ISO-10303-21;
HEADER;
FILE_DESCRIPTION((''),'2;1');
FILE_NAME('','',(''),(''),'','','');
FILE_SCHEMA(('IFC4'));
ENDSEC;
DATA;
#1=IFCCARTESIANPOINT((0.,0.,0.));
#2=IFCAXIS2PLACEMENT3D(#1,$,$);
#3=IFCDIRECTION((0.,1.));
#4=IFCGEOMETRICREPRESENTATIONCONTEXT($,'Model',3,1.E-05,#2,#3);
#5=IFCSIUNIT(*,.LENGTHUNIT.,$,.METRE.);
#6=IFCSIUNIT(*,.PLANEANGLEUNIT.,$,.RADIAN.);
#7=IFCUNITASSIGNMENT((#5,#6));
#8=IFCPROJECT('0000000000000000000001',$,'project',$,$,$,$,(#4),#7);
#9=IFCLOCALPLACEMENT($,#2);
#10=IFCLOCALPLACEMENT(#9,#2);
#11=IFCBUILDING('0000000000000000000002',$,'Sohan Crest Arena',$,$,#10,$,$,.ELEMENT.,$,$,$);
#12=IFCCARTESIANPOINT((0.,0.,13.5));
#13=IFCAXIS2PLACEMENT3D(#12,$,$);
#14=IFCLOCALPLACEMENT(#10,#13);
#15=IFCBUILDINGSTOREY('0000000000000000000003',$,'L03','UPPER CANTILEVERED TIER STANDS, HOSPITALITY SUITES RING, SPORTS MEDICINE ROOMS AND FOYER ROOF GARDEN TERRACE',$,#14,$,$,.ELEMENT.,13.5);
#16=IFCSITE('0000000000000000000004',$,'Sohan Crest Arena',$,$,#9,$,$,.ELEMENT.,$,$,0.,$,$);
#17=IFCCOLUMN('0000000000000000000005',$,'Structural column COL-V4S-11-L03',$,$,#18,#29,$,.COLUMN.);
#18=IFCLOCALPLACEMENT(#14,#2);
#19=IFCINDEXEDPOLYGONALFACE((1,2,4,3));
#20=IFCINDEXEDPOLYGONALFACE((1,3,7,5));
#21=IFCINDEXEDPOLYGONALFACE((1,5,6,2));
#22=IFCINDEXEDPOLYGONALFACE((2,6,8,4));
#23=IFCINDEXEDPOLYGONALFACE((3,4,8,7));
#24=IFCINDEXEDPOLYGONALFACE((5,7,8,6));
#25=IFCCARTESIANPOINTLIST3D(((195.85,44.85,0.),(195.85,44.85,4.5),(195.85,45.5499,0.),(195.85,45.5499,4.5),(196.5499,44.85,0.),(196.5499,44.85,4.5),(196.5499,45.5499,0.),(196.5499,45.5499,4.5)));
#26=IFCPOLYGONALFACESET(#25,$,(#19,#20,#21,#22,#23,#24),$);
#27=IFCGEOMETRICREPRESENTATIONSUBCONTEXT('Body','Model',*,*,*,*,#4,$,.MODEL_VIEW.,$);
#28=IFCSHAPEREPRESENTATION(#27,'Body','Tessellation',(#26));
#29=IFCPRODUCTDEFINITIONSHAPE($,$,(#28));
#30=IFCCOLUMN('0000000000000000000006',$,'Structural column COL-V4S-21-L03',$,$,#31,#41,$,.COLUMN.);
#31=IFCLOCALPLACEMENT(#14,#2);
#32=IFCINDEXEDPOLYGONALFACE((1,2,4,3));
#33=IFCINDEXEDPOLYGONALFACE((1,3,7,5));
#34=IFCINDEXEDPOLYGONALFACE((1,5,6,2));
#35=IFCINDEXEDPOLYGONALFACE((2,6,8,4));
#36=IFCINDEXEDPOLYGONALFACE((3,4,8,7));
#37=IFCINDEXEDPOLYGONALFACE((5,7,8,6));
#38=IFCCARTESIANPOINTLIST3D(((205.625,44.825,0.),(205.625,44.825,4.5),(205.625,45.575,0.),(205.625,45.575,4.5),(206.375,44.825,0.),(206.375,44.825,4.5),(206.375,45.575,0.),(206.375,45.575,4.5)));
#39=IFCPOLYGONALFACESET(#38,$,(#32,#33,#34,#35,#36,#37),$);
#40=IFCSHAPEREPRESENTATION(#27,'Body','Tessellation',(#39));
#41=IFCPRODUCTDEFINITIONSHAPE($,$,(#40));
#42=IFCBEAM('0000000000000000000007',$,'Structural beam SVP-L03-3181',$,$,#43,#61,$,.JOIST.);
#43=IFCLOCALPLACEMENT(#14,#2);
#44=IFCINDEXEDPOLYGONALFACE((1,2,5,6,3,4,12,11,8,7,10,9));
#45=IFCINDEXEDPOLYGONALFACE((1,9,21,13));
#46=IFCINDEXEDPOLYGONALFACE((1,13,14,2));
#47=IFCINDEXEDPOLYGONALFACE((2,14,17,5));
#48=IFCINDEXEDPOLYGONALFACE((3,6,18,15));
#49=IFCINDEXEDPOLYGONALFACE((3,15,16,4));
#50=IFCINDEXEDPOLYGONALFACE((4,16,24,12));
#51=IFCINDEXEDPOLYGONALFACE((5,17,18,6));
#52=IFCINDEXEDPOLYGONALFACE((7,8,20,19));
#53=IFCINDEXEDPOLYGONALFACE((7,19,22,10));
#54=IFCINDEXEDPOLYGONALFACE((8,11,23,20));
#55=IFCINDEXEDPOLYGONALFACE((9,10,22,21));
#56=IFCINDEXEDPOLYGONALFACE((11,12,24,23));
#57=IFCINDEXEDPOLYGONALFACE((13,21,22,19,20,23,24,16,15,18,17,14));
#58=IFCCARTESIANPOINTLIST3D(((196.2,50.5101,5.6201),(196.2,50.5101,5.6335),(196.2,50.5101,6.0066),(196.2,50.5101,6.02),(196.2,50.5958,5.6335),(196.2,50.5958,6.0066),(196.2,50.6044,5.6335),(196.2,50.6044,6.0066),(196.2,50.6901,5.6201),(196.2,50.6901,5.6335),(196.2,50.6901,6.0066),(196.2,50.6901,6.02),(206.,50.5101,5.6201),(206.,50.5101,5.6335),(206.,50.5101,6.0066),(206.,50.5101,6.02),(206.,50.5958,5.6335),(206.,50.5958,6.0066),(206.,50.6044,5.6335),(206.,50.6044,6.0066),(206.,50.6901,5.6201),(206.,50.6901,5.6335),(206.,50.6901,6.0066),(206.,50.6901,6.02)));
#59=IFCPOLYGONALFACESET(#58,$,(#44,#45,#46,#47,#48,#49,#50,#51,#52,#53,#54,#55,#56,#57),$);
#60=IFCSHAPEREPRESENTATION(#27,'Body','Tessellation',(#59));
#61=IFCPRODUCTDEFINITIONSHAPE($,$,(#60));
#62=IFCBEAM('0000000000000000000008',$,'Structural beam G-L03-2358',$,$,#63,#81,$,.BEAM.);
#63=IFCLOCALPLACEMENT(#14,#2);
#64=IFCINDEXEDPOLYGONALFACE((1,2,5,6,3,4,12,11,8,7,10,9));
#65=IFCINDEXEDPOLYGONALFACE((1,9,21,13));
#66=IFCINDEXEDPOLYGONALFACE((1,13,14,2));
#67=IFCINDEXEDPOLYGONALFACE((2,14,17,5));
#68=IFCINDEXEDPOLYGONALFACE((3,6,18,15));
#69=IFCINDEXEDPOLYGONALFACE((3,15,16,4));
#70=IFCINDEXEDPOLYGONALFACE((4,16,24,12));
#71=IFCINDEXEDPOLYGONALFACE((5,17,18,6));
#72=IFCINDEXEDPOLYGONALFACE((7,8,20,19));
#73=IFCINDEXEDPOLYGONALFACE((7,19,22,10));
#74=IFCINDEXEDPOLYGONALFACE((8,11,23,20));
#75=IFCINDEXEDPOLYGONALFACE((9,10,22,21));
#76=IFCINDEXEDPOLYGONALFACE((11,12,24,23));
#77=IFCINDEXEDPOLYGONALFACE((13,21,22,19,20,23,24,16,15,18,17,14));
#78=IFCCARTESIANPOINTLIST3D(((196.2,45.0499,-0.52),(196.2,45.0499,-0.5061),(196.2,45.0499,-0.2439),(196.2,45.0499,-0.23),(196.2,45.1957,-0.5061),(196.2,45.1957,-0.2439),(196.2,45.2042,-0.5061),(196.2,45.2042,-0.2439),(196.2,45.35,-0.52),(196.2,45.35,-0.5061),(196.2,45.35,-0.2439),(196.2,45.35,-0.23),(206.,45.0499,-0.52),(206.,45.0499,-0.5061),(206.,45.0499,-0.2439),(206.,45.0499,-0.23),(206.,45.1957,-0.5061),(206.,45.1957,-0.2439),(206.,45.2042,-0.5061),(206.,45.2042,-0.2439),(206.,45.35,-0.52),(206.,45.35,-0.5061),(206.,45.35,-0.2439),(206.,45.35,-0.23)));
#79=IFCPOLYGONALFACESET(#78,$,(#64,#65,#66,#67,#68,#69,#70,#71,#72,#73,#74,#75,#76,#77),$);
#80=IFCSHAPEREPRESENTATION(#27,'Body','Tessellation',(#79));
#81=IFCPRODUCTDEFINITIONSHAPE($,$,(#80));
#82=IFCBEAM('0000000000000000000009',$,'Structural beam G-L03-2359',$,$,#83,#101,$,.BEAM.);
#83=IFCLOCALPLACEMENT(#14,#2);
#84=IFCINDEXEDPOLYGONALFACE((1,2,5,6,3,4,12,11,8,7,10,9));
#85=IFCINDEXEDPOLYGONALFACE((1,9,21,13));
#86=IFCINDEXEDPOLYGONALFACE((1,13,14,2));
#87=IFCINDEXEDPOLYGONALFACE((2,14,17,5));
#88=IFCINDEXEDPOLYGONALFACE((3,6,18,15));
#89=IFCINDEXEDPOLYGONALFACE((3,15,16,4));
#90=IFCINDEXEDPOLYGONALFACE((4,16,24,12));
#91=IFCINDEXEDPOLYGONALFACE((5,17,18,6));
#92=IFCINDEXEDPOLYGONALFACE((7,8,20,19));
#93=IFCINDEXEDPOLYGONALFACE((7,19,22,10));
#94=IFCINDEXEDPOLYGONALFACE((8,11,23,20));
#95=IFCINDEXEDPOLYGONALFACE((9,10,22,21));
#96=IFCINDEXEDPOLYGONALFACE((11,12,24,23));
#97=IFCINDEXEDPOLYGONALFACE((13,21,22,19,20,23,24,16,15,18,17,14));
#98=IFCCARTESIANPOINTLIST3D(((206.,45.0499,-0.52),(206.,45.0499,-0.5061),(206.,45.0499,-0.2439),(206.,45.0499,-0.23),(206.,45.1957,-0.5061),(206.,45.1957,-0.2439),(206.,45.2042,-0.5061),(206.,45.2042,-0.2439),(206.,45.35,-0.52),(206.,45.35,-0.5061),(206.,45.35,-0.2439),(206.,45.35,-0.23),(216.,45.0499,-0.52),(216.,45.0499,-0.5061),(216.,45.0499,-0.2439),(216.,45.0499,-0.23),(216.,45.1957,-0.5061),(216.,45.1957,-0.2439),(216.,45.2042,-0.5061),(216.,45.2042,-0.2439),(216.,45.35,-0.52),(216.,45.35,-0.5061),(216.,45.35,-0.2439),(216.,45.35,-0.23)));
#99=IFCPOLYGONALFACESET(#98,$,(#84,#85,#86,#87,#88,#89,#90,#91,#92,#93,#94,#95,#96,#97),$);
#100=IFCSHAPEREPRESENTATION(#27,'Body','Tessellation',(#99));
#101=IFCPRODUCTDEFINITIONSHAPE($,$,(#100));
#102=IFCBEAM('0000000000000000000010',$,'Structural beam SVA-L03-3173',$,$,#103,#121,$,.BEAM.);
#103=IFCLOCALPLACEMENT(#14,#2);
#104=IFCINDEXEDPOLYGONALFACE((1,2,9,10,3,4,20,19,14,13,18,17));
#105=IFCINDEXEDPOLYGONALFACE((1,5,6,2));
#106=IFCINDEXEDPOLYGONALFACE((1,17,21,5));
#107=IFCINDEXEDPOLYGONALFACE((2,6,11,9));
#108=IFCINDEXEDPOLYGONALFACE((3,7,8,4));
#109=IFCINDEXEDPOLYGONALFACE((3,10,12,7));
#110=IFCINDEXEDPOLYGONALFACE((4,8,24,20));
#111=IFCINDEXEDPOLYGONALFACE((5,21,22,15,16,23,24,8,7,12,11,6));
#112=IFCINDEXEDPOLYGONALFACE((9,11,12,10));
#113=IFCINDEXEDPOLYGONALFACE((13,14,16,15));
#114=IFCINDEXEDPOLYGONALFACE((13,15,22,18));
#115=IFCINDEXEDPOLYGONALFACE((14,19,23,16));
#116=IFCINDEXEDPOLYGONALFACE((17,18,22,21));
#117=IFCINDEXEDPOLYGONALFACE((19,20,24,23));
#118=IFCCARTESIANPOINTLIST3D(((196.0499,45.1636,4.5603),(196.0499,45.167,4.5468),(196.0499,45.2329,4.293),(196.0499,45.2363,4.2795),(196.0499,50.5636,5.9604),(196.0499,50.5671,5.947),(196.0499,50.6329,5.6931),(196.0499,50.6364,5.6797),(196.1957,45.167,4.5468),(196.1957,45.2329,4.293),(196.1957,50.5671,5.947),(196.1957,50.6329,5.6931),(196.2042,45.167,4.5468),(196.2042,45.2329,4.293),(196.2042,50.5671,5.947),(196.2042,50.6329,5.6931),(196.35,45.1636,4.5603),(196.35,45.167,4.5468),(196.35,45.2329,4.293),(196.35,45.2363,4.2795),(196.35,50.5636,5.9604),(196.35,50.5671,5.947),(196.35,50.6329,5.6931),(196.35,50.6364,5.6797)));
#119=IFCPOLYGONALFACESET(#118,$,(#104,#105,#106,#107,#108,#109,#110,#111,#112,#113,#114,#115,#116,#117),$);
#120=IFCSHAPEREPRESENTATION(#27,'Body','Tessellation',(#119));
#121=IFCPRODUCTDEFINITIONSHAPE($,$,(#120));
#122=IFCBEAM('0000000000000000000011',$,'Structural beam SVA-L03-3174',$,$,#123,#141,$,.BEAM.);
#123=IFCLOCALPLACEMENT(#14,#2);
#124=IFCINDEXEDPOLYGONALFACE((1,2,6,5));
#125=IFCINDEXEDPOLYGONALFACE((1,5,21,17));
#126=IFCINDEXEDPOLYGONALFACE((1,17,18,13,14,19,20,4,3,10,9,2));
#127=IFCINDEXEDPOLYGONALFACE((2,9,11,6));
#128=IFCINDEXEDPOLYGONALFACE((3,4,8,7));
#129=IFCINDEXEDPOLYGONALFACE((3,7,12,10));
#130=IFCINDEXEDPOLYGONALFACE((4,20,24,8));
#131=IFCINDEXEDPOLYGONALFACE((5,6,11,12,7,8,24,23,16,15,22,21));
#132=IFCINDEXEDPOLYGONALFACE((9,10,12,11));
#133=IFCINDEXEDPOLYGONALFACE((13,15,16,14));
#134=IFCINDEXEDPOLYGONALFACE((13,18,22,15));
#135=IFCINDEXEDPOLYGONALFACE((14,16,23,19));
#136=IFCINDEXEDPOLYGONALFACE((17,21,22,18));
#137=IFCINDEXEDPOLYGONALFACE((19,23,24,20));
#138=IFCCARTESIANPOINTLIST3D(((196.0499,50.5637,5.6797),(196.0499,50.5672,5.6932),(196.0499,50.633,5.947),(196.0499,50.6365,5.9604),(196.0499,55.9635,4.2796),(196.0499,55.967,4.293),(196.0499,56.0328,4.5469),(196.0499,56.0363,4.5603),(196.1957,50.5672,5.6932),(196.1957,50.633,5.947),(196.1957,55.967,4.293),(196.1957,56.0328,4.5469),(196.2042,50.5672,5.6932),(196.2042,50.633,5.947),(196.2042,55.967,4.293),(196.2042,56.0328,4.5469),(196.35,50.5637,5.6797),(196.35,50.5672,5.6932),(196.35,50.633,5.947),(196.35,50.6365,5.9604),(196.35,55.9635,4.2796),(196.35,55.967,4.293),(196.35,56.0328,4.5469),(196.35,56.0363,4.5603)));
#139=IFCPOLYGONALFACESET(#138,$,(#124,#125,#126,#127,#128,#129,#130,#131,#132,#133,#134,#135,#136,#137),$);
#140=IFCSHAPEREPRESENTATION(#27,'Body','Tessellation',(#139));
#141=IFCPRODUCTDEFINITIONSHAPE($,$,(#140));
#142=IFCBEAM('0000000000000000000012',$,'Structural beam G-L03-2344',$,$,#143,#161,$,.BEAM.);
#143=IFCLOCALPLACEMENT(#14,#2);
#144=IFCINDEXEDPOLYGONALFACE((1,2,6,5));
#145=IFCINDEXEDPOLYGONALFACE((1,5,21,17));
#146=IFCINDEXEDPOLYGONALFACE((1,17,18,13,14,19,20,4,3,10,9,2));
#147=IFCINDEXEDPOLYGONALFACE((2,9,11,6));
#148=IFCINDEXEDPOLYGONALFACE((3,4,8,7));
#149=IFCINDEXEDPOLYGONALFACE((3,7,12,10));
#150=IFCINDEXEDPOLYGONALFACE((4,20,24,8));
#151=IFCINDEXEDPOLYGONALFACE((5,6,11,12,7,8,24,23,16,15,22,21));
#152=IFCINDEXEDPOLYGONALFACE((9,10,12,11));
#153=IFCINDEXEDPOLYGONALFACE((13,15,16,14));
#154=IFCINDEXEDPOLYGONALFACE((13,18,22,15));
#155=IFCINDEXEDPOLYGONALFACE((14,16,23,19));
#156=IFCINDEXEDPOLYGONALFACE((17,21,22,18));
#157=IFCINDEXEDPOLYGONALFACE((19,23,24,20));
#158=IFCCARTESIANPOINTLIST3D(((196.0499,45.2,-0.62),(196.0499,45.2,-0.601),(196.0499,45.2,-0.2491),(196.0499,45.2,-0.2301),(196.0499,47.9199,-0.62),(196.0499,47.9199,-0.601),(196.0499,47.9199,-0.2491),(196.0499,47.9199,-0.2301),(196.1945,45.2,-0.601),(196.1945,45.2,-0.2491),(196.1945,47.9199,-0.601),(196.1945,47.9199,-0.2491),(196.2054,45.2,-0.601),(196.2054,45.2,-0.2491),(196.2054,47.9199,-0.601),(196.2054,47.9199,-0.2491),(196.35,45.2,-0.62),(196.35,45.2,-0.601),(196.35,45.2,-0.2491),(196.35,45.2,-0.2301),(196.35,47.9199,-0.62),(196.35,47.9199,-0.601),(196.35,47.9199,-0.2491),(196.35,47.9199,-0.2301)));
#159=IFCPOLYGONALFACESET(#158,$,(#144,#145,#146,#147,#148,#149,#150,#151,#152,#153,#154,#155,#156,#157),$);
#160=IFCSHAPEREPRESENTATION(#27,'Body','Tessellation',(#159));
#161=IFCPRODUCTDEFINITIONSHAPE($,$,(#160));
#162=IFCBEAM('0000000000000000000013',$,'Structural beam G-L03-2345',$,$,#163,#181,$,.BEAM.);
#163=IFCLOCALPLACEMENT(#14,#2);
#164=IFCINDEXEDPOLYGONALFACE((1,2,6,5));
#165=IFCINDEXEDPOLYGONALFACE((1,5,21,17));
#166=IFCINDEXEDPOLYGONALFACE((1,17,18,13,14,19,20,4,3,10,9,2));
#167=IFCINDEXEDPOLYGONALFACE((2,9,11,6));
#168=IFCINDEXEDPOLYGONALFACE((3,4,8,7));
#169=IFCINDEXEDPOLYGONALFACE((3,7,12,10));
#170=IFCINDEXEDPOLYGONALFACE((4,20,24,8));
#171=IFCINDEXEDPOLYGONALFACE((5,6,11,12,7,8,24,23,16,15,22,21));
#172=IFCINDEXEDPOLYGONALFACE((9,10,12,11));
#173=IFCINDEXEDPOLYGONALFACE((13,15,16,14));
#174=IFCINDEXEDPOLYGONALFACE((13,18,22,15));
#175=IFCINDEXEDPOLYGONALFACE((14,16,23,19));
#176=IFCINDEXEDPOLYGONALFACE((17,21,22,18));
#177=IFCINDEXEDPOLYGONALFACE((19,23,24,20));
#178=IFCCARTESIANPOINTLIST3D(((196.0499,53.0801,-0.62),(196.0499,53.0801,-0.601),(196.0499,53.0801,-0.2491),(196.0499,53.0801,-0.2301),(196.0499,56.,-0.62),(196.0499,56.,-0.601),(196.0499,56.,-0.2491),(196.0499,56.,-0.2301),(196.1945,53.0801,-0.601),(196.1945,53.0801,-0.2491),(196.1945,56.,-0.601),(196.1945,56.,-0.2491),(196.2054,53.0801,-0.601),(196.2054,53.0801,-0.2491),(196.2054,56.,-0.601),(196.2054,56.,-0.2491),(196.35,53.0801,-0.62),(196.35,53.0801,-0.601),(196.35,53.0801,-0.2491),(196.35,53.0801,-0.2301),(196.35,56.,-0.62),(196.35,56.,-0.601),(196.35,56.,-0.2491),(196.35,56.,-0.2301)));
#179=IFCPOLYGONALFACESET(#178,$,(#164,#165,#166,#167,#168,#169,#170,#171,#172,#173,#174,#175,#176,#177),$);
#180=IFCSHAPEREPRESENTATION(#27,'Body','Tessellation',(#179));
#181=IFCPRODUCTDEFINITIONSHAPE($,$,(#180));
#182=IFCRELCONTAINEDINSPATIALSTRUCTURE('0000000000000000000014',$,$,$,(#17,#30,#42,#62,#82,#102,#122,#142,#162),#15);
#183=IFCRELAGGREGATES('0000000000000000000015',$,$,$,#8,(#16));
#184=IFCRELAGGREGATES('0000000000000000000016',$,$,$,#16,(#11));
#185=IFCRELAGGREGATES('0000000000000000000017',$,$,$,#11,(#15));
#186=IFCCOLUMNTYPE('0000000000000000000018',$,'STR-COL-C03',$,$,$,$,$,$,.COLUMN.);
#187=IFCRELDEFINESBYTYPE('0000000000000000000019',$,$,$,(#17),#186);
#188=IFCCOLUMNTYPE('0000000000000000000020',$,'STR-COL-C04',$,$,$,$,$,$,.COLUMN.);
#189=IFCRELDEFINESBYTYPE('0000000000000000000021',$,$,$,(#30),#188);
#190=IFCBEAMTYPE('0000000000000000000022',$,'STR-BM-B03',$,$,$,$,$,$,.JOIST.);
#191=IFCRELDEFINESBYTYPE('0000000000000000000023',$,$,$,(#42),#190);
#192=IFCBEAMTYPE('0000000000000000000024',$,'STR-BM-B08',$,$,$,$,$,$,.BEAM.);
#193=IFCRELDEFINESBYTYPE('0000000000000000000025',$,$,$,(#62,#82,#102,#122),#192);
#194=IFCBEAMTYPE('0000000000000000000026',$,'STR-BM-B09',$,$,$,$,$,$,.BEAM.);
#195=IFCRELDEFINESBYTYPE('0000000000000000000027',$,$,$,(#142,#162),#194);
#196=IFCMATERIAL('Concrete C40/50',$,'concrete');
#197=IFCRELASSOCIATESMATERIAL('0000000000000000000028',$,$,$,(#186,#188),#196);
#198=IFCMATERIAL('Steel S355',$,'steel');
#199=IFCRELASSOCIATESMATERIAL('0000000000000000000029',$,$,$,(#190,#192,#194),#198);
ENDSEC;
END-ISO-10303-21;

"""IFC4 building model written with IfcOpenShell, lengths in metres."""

from ifc_helpers import new_model, si_unit, direction, frame, origin, origin_2d, place, context, subcontext, project, spatial, rectangle, i_section, extrude, material, material_profile, profile_set, type_object, element, save


model = new_model("IFC4")

# Units and contexts
model_context = context("Model", 3, precision=1e-05, world=origin(), true_north=direction((0.0, 1.0)))
body_context = subcontext(model_context, "Body", "Model", "MODEL_VIEW")
ifc_project = project(units=[si_unit("LENGTHUNIT", "METRE"), si_unit("PLANEANGLEUNIT", "RADIAN")], contexts=[model_context])

# Site, building, storey
site_placement = place(None, origin())
site = spatial("IfcSite", under=ifc_project, at=site_placement, Name="Sohan Crest Arena", CompositionType="ELEMENT", RefElevation=0.0)
building_placement = place(site_placement, origin())
building = spatial("IfcBuilding", under=site, at=building_placement, Name="Sohan Crest Arena", CompositionType="ELEMENT")
storey_placement = place(building_placement, frame((0.0, 0.0, 13.5)))
storey = spatial("IfcBuildingStorey", under=building, at=storey_placement, Name="L03", Description="UPPER CANTILEVERED TIER STANDS, HOSPITALITY SUITES RING, SPORTS MEDICINE ROOMS AND FOYER ROOF GARDEN TERRACE", CompositionType="ELEMENT", Elevation=13.5)

# Columns
ifc_material_1 = material(Name="Concrete C40/50", Category="concrete")
ifc_material_profile_1 = material_profile(ifc_material_1, rectangle(XDim=0.7, YDim=0.7, at=origin_2d()), Name="RC 700x700")
ifc_profile_set_1 = profile_set([ifc_material_profile_1], Name="Concrete C40/50")
column_type_1 = type_object("IfcColumnType", Name="STR-COL-C03", PredefinedType="COLUMN", material=ifc_profile_set_1)
column_1_placement = place(storey_placement, frame((196.2, 45.2, 0.0), z_axis=(0.0, 0.0, 1.0), x_axis=(1.0, 0.0, 0.0)))
element("IfcColumn", 1, at=column_1_placement, inside=storey, type_object=column_type_1, Name="Structural column COL-V4S-11-L03", PredefinedType="COLUMN", context=body_context, shape_type="SweptSolid", body=[
    extrude(rectangle(XDim=0.7, YDim=0.7, at=origin_2d()), origin(), (0.0, 0.0, 1.0), 4.5),
])
ifc_material_profile_2 = material_profile(ifc_material_1, rectangle(XDim=0.75, YDim=0.75, at=origin_2d()), Name="RC 750x750")
ifc_profile_set_2 = profile_set([ifc_material_profile_2], Name="Concrete C40/50")
column_type_2 = type_object("IfcColumnType", Name="STR-COL-C04", PredefinedType="COLUMN", material=ifc_profile_set_2)
column_2_placement = place(storey_placement, frame((206.0, 45.2, 0.0), z_axis=(0.0, 0.0, 1.0), x_axis=(1.0, 0.0, 0.0)))
element("IfcColumn", 2, at=column_2_placement, inside=storey, type_object=column_type_2, Name="Structural column COL-V4S-21-L03", PredefinedType="COLUMN", context=body_context, shape_type="SweptSolid", body=[
    extrude(rectangle(XDim=0.75, YDim=0.75, at=origin_2d()), origin(), (0.0, 0.0, 1.0), 4.5),
])

# Beams
ifc_material_2 = material(Name="Steel S355", Category="steel")
ifc_material_profile_3 = material_profile(ifc_material_2, i_section(OverallWidth=0.1799, OverallDepth=0.3999, WebThickness=0.0085, FlangeThickness=0.0134, at=origin_2d()), Name="IPE 400")
ifc_profile_set_3 = profile_set([ifc_material_profile_3], Name="Steel S355")
beam_type_1 = type_object("IfcBeamType", Name="STR-BM-B03", PredefinedType="JOIST", material=ifc_profile_set_3)
beam_1_placement = place(storey_placement, frame((196.2, 50.6001, 5.8201), z_axis=(1.0, 0.0, 0.0), x_axis=(0.0, 1.0, 0.0)))
element("IfcBeam", 3, at=beam_1_placement, inside=storey, type_object=beam_type_1, Name="Structural beam SVP-L03-3181", PredefinedType="JOIST", context=body_context, shape_type="SweptSolid", body=[
    extrude(i_section(OverallWidth=0.1799, OverallDepth=0.3999, WebThickness=0.0085, FlangeThickness=0.0134, at=origin_2d()), origin(), (0.0, 0.0, 1.0), 9.8),
])
ifc_material_profile_4 = material_profile(ifc_material_2, i_section(OverallWidth=0.3, OverallDepth=0.29, WebThickness=0.0085, FlangeThickness=0.0139, at=origin_2d()), Name="HEA 300")
ifc_profile_set_4 = profile_set([ifc_material_profile_4], Name="Steel S355")
beam_type_2 = type_object("IfcBeamType", Name="STR-BM-B08", PredefinedType="BEAM", material=ifc_profile_set_4)
beam_2_placement = place(storey_placement, frame((196.2, 45.2, -0.375), z_axis=(1.0, 0.0, 0.0), x_axis=(0.0, 1.0, 0.0)))
element("IfcBeam", 4, at=beam_2_placement, inside=storey, type_object=beam_type_2, Name="Structural beam G-L03-2358", PredefinedType="BEAM", context=body_context, shape_type="SweptSolid", body=[
    extrude(i_section(OverallWidth=0.3, OverallDepth=0.29, WebThickness=0.0085, FlangeThickness=0.0139, at=origin_2d()), origin(), (0.0, 0.0, 1.0), 9.8),
])
beam_3_placement = place(storey_placement, frame((206.0, 45.2, -0.375), z_axis=(1.0, 0.0, 0.0), x_axis=(0.0, 1.0, 0.0)))
element("IfcBeam", 5, at=beam_3_placement, inside=storey, type_object=beam_type_2, Name="Structural beam G-L03-2359", PredefinedType="BEAM", context=body_context, shape_type="SweptSolid", body=[
    extrude(i_section(OverallWidth=0.3, OverallDepth=0.29, WebThickness=0.0085, FlangeThickness=0.0139, at=origin_2d()), origin(), (0.0, 0.0, 1.0), 10.0),
])
beam_4_placement = place(storey_placement, frame((196.2, 45.2, 4.4199), z_axis=(0.0, 0.967992, 0.25098), x_axis=(-1.0, 0.0, 0.0)))
element("IfcBeam", 6, at=beam_4_placement, inside=storey, type_object=beam_type_2, Name="Structural beam SVA-L03-3173", PredefinedType="BEAM", context=body_context, shape_type="SweptSolid", body=[
    extrude(i_section(OverallWidth=0.3, OverallDepth=0.29, WebThickness=0.0085, FlangeThickness=0.0139, at=origin_2d()), origin(), (0.0, 0.0, 1.0), 5.5786),
])
beam_5_placement = place(storey_placement, frame((196.2, 50.6001, 5.8201), z_axis=(0.0, 0.967989, -0.250991), x_axis=(-1.0, 0.0, 0.0)))
element("IfcBeam", 7, at=beam_5_placement, inside=storey, type_object=beam_type_2, Name="Structural beam SVA-L03-3174", PredefinedType="BEAM", context=body_context, shape_type="SweptSolid", body=[
    extrude(i_section(OverallWidth=0.3, OverallDepth=0.29, WebThickness=0.0085, FlangeThickness=0.0139, at=origin_2d()), origin(), (0.0, 0.0, 1.0), 5.5784),
])
ifc_material_profile_5 = material_profile(ifc_material_2, i_section(OverallWidth=0.3, OverallDepth=0.3899, WebThickness=0.011, FlangeThickness=0.019, at=origin_2d()), Name="HEA 400")
ifc_profile_set_5 = profile_set([ifc_material_profile_5], Name="Steel S355")
beam_type_3 = type_object("IfcBeamType", Name="STR-BM-B09", PredefinedType="BEAM", material=ifc_profile_set_5)
beam_6_placement = place(storey_placement, frame((196.2, 45.2, -0.425), z_axis=(0.0, 1.0, 0.0), x_axis=(-1.0, 0.0, 0.0)))
element("IfcBeam", 8, at=beam_6_placement, inside=storey, type_object=beam_type_3, Name="Structural beam G-L03-2344", PredefinedType="BEAM", context=body_context, shape_type="SweptSolid", body=[
    extrude(i_section(OverallWidth=0.3, OverallDepth=0.3899, WebThickness=0.011, FlangeThickness=0.019, at=origin_2d()), origin(), (0.0, 0.0, 1.0), 2.72),
])
beam_7_placement = place(storey_placement, frame((196.2, 53.0801, -0.425), z_axis=(0.0, 1.0, 0.0), x_axis=(-1.0, 0.0, 0.0)))
element("IfcBeam", 9, at=beam_7_placement, inside=storey, type_object=beam_type_3, Name="Structural beam G-L03-2345", PredefinedType="BEAM", context=body_context, shape_type="SweptSolid", body=[
    extrude(i_section(OverallWidth=0.3, OverallDepth=0.3899, WebThickness=0.011, FlangeThickness=0.019, at=origin_2d()), origin(), (0.0, 0.0, 1.0), 2.9199),
])

save(model, "model.ifc")
